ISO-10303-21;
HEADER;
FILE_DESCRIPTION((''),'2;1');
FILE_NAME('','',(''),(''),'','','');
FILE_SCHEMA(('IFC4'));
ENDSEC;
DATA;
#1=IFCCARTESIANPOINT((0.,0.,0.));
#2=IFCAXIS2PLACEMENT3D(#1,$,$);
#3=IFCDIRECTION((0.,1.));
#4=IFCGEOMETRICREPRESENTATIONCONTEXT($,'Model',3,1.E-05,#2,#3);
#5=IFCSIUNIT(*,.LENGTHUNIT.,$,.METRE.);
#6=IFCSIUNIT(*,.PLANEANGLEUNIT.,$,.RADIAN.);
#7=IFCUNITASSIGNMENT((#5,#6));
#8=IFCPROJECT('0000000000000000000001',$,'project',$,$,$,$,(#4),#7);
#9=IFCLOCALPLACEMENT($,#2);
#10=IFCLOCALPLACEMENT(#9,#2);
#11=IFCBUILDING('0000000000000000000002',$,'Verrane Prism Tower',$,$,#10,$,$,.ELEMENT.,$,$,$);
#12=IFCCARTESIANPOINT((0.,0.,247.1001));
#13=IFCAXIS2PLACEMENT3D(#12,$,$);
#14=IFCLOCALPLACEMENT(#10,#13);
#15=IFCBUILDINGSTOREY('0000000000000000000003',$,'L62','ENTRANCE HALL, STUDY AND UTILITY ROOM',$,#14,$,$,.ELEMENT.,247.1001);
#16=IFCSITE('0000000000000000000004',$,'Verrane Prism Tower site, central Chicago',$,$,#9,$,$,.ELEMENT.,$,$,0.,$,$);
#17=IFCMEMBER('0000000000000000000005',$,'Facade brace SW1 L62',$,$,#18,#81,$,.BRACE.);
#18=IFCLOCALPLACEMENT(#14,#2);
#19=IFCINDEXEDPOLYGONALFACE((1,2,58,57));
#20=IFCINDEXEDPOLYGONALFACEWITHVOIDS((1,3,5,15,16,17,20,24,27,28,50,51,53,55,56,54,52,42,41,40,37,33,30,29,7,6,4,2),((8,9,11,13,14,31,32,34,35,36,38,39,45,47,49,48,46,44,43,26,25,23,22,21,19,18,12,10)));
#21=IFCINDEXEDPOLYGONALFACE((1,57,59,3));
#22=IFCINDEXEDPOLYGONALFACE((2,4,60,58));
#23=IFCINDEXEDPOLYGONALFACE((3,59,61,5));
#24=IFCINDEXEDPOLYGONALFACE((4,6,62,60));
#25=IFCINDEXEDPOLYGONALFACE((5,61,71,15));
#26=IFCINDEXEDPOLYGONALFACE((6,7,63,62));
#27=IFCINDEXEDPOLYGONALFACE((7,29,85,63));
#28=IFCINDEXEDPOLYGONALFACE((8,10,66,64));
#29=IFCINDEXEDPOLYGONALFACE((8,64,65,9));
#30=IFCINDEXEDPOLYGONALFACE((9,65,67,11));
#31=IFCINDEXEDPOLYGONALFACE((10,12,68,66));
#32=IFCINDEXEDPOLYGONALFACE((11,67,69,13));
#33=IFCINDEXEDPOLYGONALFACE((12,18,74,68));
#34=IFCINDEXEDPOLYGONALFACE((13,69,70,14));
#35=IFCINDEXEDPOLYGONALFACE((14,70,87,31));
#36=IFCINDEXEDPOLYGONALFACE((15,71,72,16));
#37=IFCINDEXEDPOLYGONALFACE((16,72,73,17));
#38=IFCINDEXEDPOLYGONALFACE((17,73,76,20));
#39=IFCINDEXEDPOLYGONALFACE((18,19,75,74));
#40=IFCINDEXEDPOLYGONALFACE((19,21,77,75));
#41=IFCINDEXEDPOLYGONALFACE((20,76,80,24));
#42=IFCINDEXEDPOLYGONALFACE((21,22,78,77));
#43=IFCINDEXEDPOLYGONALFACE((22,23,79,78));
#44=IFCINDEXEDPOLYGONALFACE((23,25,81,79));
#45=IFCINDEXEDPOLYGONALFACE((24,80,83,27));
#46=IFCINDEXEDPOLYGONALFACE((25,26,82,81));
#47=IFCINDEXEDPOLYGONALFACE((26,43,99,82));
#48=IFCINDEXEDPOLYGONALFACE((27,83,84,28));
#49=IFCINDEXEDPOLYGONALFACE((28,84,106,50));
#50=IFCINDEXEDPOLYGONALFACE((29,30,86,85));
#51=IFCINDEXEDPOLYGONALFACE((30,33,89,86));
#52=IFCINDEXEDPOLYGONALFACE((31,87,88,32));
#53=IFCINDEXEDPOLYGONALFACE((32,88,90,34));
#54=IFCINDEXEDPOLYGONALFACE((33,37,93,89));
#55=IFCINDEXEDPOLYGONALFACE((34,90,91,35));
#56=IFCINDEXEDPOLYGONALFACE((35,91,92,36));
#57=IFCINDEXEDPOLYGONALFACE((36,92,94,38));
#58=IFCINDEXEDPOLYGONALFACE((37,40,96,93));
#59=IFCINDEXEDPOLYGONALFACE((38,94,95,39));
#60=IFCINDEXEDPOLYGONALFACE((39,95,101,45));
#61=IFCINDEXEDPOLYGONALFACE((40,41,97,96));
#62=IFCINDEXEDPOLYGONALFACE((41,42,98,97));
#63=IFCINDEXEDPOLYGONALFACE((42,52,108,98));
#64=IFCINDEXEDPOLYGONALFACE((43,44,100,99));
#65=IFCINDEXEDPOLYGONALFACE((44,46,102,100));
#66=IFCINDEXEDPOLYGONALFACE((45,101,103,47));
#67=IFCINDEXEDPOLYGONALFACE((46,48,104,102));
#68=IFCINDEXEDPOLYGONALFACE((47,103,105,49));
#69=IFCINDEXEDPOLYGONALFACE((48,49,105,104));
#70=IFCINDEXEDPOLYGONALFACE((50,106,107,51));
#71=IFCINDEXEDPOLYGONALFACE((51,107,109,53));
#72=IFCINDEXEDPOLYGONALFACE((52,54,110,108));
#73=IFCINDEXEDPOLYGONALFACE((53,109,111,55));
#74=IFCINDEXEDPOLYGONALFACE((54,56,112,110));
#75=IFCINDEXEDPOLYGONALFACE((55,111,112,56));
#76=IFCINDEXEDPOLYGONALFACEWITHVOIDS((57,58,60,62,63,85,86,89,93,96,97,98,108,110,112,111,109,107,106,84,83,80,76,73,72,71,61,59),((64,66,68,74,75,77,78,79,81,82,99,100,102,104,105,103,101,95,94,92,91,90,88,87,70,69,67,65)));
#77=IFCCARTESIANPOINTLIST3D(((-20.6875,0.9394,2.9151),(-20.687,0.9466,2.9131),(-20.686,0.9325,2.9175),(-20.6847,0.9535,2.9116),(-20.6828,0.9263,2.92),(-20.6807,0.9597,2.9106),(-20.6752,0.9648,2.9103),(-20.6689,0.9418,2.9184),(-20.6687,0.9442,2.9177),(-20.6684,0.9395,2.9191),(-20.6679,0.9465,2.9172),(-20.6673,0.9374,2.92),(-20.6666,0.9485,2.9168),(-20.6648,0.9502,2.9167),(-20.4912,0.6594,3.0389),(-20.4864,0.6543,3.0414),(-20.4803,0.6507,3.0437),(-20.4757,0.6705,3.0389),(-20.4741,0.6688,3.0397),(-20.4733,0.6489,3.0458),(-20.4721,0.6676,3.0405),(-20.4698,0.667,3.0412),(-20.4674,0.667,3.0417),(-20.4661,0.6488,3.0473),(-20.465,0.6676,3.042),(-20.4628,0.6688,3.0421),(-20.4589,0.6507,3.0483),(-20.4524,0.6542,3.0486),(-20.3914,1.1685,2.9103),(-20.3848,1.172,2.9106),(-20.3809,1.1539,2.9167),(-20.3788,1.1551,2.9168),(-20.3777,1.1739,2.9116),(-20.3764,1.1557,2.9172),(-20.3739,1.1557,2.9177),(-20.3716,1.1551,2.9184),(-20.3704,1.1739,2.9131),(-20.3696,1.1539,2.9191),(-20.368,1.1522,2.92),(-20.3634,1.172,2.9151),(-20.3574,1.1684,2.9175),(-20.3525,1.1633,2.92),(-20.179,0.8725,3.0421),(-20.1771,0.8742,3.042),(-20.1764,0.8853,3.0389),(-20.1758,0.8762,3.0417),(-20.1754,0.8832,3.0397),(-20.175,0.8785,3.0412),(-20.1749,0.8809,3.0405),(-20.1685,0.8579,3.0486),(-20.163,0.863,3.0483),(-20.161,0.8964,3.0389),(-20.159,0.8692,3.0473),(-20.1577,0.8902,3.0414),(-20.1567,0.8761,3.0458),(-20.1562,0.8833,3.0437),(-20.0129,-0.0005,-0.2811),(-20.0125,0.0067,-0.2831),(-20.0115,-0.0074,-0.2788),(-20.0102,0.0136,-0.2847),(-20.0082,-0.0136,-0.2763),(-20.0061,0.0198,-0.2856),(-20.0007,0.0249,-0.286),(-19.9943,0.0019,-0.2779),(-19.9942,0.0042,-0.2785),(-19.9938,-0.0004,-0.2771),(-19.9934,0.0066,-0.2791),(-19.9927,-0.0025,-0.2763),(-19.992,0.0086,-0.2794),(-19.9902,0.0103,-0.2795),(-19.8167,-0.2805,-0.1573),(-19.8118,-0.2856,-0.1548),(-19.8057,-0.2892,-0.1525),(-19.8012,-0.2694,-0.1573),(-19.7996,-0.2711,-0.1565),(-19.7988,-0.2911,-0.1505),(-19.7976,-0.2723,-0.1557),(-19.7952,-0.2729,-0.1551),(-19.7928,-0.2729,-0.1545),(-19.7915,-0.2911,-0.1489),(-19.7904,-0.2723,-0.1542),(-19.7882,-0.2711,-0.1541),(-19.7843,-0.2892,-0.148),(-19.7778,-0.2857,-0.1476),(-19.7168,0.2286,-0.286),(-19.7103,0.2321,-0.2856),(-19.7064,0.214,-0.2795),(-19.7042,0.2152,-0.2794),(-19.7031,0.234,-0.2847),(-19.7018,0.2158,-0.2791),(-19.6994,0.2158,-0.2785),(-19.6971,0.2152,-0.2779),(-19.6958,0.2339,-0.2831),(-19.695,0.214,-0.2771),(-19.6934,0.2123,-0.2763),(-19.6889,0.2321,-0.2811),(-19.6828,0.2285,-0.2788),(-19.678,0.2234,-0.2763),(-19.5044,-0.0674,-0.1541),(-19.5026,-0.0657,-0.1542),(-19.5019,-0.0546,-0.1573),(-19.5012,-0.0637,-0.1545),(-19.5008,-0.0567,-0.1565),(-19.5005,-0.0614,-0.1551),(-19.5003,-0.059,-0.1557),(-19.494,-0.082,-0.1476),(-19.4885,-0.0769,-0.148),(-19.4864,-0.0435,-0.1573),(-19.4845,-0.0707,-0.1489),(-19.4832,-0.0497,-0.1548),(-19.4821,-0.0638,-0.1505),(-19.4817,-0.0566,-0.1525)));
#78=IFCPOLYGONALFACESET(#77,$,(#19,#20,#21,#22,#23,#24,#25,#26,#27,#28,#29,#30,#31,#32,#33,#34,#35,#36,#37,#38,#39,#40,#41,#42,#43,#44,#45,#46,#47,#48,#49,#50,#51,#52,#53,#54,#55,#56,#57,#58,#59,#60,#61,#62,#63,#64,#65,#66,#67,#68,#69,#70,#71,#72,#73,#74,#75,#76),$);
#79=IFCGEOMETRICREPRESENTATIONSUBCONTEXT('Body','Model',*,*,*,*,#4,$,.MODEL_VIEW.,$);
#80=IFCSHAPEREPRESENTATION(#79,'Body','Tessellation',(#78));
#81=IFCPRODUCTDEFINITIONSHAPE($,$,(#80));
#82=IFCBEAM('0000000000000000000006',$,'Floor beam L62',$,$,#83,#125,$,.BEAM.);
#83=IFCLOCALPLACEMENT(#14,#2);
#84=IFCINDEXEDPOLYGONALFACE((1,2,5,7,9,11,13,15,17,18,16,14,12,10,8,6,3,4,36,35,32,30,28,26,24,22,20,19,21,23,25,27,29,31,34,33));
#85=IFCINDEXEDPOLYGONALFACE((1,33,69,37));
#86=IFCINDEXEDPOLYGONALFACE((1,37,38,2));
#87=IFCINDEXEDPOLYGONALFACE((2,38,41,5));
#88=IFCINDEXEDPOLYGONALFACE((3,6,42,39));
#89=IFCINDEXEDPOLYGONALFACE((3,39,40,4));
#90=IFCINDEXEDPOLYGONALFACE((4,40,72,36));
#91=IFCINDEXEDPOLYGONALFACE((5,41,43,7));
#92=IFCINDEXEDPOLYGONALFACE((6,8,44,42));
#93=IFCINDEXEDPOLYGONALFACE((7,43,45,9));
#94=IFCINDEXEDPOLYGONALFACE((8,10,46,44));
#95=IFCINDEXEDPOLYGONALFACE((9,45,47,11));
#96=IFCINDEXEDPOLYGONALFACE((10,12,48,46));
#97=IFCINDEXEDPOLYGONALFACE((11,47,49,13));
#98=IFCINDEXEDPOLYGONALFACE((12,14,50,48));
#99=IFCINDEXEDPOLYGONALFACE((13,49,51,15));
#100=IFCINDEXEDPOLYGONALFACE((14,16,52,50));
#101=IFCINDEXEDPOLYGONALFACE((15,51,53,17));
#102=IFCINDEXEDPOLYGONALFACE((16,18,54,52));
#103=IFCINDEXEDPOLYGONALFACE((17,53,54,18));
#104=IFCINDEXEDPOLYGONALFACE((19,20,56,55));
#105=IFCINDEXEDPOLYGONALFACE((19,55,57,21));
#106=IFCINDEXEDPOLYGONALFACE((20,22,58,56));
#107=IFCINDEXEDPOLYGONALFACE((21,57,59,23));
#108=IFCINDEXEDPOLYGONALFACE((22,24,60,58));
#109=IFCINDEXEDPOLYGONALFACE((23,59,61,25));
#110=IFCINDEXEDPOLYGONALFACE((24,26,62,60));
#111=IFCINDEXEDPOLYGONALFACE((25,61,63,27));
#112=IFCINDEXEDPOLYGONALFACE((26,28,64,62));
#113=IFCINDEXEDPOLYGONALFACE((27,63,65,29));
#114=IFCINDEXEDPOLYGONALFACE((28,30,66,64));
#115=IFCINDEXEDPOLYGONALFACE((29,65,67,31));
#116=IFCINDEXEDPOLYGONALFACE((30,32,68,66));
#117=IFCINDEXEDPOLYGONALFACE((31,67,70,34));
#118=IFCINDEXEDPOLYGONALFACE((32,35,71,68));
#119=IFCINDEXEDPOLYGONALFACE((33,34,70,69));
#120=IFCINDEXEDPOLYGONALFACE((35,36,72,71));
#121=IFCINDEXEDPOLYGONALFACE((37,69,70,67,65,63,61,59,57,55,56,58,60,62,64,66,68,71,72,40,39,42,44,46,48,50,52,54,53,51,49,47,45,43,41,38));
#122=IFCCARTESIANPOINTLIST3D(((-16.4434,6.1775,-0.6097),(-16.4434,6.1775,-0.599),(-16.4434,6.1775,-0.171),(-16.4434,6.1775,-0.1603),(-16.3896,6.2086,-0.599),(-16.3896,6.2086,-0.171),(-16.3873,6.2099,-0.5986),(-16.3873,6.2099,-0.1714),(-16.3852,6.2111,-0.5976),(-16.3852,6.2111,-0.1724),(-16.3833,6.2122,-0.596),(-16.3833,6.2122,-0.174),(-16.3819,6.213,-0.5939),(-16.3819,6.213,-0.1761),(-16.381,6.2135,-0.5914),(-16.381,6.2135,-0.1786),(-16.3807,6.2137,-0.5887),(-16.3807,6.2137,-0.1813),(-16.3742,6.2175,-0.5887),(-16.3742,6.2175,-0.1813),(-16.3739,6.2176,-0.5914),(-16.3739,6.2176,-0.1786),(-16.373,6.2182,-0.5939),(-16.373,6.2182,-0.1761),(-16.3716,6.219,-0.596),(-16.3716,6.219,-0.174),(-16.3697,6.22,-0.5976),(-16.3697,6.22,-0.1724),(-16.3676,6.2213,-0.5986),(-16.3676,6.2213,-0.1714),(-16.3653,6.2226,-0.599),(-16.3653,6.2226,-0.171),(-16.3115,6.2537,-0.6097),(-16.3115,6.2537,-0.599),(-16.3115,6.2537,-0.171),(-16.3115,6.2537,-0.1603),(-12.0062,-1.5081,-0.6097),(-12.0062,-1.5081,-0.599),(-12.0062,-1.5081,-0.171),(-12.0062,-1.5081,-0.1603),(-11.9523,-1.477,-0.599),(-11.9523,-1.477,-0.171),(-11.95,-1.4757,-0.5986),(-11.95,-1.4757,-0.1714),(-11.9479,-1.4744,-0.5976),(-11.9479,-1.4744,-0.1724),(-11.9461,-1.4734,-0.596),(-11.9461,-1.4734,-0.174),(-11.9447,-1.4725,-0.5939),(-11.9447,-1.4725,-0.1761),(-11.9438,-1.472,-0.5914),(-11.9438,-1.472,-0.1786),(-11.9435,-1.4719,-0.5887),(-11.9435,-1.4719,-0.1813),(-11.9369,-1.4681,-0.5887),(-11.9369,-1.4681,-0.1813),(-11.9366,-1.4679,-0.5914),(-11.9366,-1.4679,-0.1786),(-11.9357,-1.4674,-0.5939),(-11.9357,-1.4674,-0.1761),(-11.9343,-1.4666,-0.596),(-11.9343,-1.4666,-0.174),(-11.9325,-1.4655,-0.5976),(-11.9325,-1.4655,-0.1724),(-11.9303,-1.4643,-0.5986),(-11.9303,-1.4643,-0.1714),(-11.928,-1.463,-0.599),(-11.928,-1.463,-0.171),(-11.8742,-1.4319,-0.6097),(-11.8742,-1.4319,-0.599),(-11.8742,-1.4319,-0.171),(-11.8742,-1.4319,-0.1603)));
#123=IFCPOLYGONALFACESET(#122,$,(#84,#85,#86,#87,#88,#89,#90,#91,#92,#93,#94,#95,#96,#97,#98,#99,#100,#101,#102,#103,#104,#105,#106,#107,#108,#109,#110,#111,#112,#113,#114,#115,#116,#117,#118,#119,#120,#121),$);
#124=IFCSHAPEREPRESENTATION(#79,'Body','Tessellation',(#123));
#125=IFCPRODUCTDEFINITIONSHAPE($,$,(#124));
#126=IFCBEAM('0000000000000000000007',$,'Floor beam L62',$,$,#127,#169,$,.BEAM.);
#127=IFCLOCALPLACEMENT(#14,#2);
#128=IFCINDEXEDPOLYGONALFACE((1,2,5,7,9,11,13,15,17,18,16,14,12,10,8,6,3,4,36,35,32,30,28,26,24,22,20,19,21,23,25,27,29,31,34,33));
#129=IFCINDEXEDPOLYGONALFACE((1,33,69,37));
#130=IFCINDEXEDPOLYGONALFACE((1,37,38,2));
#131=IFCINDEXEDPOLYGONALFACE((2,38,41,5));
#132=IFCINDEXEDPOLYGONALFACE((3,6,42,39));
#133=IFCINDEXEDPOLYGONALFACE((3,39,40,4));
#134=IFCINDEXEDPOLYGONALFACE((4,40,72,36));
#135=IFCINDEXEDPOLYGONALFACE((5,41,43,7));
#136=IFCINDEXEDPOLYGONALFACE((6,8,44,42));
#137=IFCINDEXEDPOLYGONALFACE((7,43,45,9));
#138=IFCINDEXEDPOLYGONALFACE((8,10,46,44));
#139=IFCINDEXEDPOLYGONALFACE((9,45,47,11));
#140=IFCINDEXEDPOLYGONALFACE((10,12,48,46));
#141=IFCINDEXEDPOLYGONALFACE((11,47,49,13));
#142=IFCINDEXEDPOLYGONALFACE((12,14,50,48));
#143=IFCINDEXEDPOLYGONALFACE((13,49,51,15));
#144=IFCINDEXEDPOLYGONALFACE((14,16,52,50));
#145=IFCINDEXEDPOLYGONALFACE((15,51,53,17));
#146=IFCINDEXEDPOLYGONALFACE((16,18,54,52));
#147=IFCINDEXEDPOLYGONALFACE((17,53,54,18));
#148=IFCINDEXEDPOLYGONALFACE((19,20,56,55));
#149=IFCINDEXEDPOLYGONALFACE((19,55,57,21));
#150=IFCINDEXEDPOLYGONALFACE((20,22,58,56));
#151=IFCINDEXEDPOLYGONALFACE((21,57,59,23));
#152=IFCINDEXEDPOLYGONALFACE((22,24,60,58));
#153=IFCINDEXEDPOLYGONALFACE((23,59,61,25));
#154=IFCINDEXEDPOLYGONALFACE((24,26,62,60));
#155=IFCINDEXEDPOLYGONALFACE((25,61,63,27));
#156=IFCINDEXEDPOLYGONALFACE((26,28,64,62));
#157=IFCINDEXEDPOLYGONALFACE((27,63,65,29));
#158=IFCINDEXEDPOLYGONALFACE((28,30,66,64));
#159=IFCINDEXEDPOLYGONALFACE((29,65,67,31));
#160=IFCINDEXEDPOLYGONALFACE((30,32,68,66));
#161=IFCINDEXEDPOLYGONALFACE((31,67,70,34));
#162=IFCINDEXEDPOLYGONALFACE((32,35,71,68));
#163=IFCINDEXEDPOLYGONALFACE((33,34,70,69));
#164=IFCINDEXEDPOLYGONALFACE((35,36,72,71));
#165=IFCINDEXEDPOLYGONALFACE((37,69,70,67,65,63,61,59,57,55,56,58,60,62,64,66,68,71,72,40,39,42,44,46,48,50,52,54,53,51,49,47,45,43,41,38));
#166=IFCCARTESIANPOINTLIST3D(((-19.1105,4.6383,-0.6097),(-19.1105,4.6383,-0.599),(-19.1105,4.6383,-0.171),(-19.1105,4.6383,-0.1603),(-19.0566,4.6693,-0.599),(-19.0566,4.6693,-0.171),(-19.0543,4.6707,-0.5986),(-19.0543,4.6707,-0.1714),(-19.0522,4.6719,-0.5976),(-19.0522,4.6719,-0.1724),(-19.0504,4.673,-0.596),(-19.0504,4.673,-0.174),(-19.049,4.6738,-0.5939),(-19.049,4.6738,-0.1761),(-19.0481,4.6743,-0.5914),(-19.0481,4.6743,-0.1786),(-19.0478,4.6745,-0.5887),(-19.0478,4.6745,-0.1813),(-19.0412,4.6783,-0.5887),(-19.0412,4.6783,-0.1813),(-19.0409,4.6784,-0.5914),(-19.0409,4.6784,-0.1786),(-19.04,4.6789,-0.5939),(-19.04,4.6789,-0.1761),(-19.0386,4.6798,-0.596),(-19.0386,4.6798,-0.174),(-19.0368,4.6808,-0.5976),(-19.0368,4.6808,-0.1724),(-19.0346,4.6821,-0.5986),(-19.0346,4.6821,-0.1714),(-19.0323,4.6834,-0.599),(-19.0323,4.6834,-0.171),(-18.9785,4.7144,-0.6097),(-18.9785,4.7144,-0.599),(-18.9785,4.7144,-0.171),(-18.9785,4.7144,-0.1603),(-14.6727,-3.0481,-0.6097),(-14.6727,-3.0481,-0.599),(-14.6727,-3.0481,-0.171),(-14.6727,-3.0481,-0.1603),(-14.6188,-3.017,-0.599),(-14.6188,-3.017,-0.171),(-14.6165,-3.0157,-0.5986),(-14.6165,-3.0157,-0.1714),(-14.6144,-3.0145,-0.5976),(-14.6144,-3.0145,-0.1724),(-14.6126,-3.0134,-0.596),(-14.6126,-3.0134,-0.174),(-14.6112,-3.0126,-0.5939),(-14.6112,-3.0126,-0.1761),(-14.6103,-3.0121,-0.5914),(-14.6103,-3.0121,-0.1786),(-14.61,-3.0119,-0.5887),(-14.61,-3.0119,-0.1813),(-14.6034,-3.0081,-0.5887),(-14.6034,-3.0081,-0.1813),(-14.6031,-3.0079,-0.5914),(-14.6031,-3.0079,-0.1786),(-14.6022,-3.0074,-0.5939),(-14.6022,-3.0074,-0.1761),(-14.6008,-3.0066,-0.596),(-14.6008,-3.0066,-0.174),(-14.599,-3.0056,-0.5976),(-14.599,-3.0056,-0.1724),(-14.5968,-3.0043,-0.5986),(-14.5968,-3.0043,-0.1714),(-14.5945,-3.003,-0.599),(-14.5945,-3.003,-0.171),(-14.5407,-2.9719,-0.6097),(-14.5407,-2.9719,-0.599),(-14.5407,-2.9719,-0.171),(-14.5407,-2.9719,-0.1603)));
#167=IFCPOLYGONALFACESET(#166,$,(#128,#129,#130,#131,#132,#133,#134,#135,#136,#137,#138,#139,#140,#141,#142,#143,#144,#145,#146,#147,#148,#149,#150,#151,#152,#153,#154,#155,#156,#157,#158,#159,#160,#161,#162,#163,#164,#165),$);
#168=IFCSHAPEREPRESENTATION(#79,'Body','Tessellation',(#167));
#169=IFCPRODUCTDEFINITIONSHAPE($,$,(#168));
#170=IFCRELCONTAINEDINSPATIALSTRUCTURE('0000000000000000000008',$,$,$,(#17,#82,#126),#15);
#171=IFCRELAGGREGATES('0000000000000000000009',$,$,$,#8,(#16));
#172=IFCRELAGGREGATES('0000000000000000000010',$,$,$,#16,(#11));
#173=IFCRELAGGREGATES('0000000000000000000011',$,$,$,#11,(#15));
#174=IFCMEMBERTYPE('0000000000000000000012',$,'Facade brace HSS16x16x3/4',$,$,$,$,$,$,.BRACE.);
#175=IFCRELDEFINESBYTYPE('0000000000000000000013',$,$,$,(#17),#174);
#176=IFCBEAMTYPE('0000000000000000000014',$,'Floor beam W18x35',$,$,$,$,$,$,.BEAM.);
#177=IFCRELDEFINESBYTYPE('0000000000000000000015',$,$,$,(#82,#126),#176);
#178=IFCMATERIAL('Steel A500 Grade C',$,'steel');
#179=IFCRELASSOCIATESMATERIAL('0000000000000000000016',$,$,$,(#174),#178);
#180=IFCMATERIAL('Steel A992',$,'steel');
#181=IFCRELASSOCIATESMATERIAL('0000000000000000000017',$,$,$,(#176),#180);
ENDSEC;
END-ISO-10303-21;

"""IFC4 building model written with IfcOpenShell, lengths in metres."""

from ifc_helpers import new_model, si_unit, direction, frame, origin, origin_2d, place, context, subcontext, project, spatial, hollow_rectangle, i_section, extrude, material, material_profile, profile_set, type_object, element, save


model = new_model("IFC4")

# Units and contexts
model_context = context("Model", 3, precision=1e-05, world=origin(), true_north=direction((0.0, 1.0)))
body_context = subcontext(model_context, "Body", "Model", "MODEL_VIEW")
ifc_project = project(units=[si_unit("LENGTHUNIT", "METRE"), si_unit("PLANEANGLEUNIT", "RADIAN")], contexts=[model_context])

# Site, building, storey
site_placement = place(None, origin())
site = spatial("IfcSite", under=ifc_project, at=site_placement, Name="Verrane Prism Tower site, central Chicago", CompositionType="ELEMENT", RefElevation=0.0)
building_placement = place(site_placement, origin())
building = spatial("IfcBuilding", under=site, at=building_placement, Name="Verrane Prism Tower", CompositionType="ELEMENT")
storey_placement = place(building_placement, frame((0.0, 0.0, 247.1001)))
storey = spatial("IfcBuildingStorey", under=building, at=storey_placement, Name="L62", Description="ENTRANCE HALL, STUDY AND UTILITY ROOM", CompositionType="ELEMENT", Elevation=247.1001)

# Member
ifc_material_1 = material(Name="Steel A500 Grade C", Category="steel")
ifc_material_profile_1 = material_profile(ifc_material_1, hollow_rectangle(XDim=0.4065, YDim=0.4065, WallThickness=0.019, InnerFilletRadius=0.0095, OuterFilletRadius=0.0286, at=origin_2d()), Name="HSS16x16x3/4")
ifc_profile_set_1 = profile_set([ifc_material_profile_1], Name="Steel A500 Grade C")
member_type_1 = type_object("IfcMemberType", Name="Facade brace HSS16x16x3/4", PredefinedType="BRACE", material=ifc_profile_set_1)
member_1_placement = place(storey_placement, frame((-19.7473, -0.0286, -0.2168), z_axis=(-0.198445, 0.276516, 0.940297), x_axis=(-0.812434, -0.583053, 0.0)))
element("IfcMember", 1, at=member_1_placement, inside=storey, type_object=member_type_1, Name="Facade brace SW1 L62", PredefinedType="BRACE", context=body_context, shape_type="SweptSolid", body=[
    extrude(hollow_rectangle(XDim=0.4065, YDim=0.4065, WallThickness=0.019, InnerFilletRadius=0.0095, OuterFilletRadius=0.0286, at=origin_2d()), origin(), (0.0, 0.0, 1.0), 3.3992),
])

# Beams
ifc_material_2 = material(Name="Steel A992", Category="steel")
ifc_material_profile_2 = material_profile(ifc_material_2, i_section(OverallWidth=0.1523, OverallDepth=0.4495, WebThickness=0.0076, FlangeThickness=0.0107, FilletRadius=0.0103, at=origin_2d()), Name="W18x35")
ifc_profile_set_2 = profile_set([ifc_material_profile_2], Name="Steel A992")
beam_type_1 = type_object("IfcBeamType", Name="Floor beam W18x35", PredefinedType="BEAM", material=ifc_profile_set_2)
beam_1_placement = place(storey_placement, frame((-11.9402, -1.47, -0.385), z_axis=(-0.5, 0.866025, 0.0), x_axis=(-0.866025, -0.5, 0.0)))
element("IfcBeam", 2, at=beam_1_placement, inside=storey, type_object=beam_type_1, Name="Floor beam L62", PredefinedType="BEAM", context=body_context, shape_type="SweptSolid", body=[
    extrude(i_section(OverallWidth=0.1523, OverallDepth=0.4495, WebThickness=0.0076, FlangeThickness=0.0107, FilletRadius=0.0103, at=origin_2d()), origin(), (0.0, 0.0, 1.0), 8.8745),
])
beam_2_placement = place(storey_placement, frame((-14.6067, -3.01, -0.385), z_axis=(-0.500006, 0.866022, 0.0), x_axis=(-0.866022, -0.500006, 0.0)))
element("IfcBeam", 3, at=beam_2_placement, inside=storey, type_object=beam_type_1, Name="Floor beam L62", PredefinedType="BEAM", context=body_context, shape_type="SweptSolid", body=[
    extrude(i_section(OverallWidth=0.1523, OverallDepth=0.4495, WebThickness=0.0076, FlangeThickness=0.0107, FilletRadius=0.0103, at=origin_2d()), origin(), (0.0, 0.0, 1.0), 8.8755),
])

save(model, "model.ifc")
